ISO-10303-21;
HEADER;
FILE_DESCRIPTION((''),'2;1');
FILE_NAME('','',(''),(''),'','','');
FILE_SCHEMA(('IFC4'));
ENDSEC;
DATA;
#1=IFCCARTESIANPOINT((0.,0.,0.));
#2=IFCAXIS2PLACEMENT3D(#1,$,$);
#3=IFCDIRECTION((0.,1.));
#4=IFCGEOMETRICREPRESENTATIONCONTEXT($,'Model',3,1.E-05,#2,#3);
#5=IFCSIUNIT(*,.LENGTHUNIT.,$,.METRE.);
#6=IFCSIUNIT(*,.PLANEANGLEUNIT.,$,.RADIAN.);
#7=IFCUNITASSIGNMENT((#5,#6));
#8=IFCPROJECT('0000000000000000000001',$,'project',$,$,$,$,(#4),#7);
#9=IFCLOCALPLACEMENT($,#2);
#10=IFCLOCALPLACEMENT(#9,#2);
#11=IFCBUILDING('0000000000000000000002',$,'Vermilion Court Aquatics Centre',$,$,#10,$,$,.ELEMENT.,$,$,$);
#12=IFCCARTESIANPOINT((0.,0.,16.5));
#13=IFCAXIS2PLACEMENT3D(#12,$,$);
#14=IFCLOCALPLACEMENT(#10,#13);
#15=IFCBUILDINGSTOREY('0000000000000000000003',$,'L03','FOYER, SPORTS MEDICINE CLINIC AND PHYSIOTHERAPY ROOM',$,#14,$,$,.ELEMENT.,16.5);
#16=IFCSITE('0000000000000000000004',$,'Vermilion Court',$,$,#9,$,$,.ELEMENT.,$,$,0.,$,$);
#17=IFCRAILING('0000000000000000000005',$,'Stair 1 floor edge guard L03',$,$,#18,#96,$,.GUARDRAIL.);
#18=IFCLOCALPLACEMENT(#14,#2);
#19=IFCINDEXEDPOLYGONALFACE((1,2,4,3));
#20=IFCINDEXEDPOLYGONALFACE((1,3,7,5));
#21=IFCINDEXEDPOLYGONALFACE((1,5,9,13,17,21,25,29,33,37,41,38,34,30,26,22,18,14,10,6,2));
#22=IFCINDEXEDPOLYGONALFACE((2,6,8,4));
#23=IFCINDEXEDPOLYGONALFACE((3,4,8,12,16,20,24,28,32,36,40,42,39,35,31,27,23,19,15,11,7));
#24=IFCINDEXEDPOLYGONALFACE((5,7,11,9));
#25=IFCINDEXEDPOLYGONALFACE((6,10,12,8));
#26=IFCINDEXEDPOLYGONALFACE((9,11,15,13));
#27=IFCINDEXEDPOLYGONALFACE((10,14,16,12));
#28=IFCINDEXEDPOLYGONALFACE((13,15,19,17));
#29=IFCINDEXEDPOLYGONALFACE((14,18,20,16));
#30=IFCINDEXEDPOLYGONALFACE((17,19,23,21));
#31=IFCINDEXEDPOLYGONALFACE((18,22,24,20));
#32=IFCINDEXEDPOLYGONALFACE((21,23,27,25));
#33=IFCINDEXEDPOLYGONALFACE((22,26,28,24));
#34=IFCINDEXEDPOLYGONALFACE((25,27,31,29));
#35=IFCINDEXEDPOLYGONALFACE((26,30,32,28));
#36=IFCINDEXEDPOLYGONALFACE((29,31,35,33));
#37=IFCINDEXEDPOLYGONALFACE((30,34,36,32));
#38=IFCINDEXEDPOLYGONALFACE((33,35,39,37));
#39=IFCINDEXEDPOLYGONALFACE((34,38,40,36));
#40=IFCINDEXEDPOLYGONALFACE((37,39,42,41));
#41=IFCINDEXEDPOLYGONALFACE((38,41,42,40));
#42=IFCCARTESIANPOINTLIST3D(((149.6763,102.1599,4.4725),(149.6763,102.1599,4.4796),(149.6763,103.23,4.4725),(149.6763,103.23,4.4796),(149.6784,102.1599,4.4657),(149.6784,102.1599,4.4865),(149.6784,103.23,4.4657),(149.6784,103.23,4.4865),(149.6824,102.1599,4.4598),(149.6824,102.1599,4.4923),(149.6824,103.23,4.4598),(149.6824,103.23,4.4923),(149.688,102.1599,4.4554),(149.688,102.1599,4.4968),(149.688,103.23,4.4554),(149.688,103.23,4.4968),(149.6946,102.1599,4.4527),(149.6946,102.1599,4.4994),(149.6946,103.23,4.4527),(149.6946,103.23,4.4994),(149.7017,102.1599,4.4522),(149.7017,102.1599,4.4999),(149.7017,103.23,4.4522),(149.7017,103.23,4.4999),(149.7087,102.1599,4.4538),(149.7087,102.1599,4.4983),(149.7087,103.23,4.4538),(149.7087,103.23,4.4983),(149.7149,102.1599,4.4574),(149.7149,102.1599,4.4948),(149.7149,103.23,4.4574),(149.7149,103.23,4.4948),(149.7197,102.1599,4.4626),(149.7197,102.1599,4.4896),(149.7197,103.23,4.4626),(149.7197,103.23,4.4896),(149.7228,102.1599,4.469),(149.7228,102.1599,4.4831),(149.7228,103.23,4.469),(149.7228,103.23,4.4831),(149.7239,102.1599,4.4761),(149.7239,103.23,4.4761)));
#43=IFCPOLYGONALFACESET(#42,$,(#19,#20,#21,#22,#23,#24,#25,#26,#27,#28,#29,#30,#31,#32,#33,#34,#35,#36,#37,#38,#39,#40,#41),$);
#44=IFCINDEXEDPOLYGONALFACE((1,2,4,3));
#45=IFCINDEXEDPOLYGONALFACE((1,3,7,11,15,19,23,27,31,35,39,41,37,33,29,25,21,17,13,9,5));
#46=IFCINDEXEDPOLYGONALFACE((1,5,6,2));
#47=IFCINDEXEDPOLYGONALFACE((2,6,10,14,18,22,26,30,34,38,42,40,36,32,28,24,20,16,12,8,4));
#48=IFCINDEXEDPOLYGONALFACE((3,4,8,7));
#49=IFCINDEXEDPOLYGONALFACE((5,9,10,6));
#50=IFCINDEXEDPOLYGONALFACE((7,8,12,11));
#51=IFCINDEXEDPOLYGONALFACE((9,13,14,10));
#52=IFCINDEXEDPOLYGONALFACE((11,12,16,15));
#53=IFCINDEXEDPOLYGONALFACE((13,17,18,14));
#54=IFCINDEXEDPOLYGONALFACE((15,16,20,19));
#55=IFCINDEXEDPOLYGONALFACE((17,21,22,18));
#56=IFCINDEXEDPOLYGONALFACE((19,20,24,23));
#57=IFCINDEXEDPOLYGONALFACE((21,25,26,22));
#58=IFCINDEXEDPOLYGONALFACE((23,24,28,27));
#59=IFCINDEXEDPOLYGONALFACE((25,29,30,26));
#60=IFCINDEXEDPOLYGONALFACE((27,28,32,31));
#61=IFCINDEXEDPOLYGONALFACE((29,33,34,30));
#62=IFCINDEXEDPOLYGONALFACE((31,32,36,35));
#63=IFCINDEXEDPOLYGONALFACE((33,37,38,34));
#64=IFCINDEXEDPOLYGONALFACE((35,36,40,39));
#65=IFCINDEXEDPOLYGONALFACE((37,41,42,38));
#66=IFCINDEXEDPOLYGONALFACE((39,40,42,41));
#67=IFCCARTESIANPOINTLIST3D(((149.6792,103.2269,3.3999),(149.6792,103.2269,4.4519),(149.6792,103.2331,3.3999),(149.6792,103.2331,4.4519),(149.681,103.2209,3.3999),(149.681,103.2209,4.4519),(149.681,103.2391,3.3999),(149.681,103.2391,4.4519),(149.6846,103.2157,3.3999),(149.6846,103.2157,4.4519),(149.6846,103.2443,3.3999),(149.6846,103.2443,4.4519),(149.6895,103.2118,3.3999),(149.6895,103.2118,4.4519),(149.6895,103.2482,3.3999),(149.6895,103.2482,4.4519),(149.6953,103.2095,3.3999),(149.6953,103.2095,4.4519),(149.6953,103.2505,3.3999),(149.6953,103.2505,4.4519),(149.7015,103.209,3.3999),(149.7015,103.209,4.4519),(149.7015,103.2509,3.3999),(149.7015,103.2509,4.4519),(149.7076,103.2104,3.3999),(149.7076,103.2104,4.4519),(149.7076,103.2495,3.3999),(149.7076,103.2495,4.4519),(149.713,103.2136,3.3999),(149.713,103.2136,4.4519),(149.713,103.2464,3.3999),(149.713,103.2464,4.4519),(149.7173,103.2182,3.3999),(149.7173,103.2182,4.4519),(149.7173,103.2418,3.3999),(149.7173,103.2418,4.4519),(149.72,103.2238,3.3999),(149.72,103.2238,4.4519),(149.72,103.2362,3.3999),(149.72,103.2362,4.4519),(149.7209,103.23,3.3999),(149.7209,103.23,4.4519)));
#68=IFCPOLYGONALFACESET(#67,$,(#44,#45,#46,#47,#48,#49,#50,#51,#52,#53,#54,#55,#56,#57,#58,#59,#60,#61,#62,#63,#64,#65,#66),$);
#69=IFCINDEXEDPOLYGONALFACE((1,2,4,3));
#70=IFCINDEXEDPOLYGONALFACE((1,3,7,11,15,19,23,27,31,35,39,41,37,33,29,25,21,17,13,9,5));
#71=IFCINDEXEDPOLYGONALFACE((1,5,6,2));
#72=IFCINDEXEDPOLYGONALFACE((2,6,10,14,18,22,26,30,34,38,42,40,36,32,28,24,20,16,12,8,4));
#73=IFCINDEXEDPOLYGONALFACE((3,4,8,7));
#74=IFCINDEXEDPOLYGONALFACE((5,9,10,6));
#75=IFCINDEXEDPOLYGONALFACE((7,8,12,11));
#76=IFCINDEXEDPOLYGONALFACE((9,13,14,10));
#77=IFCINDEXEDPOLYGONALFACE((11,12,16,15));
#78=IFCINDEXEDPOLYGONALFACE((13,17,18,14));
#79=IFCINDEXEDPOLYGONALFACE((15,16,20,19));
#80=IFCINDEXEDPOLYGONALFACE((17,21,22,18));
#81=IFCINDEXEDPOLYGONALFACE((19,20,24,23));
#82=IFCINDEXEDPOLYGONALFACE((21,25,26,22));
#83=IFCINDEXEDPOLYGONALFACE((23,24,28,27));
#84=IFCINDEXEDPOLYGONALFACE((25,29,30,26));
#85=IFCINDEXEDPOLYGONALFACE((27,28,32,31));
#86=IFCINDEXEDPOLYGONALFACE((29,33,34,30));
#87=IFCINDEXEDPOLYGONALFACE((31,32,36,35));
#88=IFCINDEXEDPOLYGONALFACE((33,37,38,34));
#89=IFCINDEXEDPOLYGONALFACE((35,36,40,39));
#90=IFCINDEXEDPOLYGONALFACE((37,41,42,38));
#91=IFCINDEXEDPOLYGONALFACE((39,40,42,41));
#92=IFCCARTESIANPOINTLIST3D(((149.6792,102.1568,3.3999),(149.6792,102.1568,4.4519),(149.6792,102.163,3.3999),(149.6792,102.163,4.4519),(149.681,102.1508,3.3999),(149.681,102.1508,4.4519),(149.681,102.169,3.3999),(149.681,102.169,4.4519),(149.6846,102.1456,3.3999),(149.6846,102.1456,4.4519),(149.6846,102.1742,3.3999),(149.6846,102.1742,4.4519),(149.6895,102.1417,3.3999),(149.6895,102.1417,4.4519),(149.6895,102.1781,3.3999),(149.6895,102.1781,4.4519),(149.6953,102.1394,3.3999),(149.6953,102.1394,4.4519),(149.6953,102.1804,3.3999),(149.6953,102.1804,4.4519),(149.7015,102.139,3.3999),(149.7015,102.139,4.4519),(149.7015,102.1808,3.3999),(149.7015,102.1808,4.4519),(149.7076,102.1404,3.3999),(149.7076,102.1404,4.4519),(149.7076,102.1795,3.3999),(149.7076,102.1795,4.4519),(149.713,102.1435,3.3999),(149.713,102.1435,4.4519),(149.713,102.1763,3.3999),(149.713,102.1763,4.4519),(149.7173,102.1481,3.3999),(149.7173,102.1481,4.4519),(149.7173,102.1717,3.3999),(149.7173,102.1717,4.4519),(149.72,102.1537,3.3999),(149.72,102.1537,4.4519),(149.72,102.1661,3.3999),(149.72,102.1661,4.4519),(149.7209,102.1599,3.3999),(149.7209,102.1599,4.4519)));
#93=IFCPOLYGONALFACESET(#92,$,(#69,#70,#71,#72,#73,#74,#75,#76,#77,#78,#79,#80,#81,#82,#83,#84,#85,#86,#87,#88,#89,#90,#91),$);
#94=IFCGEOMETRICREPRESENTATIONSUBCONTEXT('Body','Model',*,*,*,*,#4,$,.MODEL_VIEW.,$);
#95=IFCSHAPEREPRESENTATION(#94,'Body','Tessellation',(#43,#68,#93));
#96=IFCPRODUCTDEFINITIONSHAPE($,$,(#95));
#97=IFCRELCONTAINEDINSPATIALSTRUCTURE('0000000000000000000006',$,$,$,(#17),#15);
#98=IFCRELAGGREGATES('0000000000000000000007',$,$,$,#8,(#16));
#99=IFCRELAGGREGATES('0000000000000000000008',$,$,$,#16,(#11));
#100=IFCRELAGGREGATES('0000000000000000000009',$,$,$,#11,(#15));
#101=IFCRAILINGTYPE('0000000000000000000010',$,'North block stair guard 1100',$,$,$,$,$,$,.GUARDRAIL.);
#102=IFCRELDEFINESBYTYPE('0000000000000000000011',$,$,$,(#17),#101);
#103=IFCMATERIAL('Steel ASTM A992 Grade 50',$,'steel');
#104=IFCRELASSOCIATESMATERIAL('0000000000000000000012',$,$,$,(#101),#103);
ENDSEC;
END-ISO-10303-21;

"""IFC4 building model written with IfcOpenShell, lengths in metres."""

from ifc_helpers import new_model, si_unit, direction, frame, origin, origin_2d, place, context, subcontext, project, spatial, circle, extrude, material, type_object, element, save


model = new_model("IFC4")

# Units and contexts
model_context = context("Model", 3, precision=1e-05, world=origin(), true_north=direction((0.0, 1.0)))
body_context = subcontext(model_context, "Body", "Model", "MODEL_VIEW")
ifc_project = project(units=[si_unit("LENGTHUNIT", "METRE"), si_unit("PLANEANGLEUNIT", "RADIAN")], contexts=[model_context])

# Site, building, storey
site_placement = place(None, origin())
site = spatial("IfcSite", under=ifc_project, at=site_placement, Name="Vermilion Court", CompositionType="ELEMENT", RefElevation=0.0)
building_placement = place(site_placement, origin())
building = spatial("IfcBuilding", under=site, at=building_placement, Name="Vermilion Court Aquatics Centre", CompositionType="ELEMENT")
storey_placement = place(building_placement, frame((0.0, 0.0, 16.5)))
storey = spatial("IfcBuildingStorey", under=building, at=storey_placement, Name="L03", Description="FOYER, SPORTS MEDICINE CLINIC AND PHYSIOTHERAPY ROOM", CompositionType="ELEMENT", Elevation=16.5)

# Railing
ifc_material_1 = material(Name="Steel ASTM A992 Grade 50", Category="steel")
railing_type_1 = type_object("IfcRailingType", Name="North block stair guard 1100", PredefinedType="GUARDRAIL", material=ifc_material_1)
railing_1_placement = place(storey_placement, frame((149.7, 103.23, 3.3999)))
element("IfcRailing", 1, at=railing_1_placement, inside=storey, type_object=railing_type_1, Name="Stair 1 floor edge guard L03", PredefinedType="GUARDRAIL", context=body_context, shape_type="SweptSolid", body=[
    extrude(circle(Radius=0.0239, at=origin_2d()), frame((0.0, 0.0, 1.0762), z_axis=(0.0, -1.0, 0.0), x_axis=(1.0, 0.0, 0.0)), (0.0, 0.0, 1.0), 1.0701),
    extrude(circle(Radius=0.021, at=origin_2d()), origin(), (0.0, 0.0, 1.0), 1.052),
    extrude(circle(Radius=0.021, at=origin_2d()), frame((0.0, -1.0701, 0.0)), (0.0, 0.0, 1.0), 1.052),
])

save(model, "model.ifc")
